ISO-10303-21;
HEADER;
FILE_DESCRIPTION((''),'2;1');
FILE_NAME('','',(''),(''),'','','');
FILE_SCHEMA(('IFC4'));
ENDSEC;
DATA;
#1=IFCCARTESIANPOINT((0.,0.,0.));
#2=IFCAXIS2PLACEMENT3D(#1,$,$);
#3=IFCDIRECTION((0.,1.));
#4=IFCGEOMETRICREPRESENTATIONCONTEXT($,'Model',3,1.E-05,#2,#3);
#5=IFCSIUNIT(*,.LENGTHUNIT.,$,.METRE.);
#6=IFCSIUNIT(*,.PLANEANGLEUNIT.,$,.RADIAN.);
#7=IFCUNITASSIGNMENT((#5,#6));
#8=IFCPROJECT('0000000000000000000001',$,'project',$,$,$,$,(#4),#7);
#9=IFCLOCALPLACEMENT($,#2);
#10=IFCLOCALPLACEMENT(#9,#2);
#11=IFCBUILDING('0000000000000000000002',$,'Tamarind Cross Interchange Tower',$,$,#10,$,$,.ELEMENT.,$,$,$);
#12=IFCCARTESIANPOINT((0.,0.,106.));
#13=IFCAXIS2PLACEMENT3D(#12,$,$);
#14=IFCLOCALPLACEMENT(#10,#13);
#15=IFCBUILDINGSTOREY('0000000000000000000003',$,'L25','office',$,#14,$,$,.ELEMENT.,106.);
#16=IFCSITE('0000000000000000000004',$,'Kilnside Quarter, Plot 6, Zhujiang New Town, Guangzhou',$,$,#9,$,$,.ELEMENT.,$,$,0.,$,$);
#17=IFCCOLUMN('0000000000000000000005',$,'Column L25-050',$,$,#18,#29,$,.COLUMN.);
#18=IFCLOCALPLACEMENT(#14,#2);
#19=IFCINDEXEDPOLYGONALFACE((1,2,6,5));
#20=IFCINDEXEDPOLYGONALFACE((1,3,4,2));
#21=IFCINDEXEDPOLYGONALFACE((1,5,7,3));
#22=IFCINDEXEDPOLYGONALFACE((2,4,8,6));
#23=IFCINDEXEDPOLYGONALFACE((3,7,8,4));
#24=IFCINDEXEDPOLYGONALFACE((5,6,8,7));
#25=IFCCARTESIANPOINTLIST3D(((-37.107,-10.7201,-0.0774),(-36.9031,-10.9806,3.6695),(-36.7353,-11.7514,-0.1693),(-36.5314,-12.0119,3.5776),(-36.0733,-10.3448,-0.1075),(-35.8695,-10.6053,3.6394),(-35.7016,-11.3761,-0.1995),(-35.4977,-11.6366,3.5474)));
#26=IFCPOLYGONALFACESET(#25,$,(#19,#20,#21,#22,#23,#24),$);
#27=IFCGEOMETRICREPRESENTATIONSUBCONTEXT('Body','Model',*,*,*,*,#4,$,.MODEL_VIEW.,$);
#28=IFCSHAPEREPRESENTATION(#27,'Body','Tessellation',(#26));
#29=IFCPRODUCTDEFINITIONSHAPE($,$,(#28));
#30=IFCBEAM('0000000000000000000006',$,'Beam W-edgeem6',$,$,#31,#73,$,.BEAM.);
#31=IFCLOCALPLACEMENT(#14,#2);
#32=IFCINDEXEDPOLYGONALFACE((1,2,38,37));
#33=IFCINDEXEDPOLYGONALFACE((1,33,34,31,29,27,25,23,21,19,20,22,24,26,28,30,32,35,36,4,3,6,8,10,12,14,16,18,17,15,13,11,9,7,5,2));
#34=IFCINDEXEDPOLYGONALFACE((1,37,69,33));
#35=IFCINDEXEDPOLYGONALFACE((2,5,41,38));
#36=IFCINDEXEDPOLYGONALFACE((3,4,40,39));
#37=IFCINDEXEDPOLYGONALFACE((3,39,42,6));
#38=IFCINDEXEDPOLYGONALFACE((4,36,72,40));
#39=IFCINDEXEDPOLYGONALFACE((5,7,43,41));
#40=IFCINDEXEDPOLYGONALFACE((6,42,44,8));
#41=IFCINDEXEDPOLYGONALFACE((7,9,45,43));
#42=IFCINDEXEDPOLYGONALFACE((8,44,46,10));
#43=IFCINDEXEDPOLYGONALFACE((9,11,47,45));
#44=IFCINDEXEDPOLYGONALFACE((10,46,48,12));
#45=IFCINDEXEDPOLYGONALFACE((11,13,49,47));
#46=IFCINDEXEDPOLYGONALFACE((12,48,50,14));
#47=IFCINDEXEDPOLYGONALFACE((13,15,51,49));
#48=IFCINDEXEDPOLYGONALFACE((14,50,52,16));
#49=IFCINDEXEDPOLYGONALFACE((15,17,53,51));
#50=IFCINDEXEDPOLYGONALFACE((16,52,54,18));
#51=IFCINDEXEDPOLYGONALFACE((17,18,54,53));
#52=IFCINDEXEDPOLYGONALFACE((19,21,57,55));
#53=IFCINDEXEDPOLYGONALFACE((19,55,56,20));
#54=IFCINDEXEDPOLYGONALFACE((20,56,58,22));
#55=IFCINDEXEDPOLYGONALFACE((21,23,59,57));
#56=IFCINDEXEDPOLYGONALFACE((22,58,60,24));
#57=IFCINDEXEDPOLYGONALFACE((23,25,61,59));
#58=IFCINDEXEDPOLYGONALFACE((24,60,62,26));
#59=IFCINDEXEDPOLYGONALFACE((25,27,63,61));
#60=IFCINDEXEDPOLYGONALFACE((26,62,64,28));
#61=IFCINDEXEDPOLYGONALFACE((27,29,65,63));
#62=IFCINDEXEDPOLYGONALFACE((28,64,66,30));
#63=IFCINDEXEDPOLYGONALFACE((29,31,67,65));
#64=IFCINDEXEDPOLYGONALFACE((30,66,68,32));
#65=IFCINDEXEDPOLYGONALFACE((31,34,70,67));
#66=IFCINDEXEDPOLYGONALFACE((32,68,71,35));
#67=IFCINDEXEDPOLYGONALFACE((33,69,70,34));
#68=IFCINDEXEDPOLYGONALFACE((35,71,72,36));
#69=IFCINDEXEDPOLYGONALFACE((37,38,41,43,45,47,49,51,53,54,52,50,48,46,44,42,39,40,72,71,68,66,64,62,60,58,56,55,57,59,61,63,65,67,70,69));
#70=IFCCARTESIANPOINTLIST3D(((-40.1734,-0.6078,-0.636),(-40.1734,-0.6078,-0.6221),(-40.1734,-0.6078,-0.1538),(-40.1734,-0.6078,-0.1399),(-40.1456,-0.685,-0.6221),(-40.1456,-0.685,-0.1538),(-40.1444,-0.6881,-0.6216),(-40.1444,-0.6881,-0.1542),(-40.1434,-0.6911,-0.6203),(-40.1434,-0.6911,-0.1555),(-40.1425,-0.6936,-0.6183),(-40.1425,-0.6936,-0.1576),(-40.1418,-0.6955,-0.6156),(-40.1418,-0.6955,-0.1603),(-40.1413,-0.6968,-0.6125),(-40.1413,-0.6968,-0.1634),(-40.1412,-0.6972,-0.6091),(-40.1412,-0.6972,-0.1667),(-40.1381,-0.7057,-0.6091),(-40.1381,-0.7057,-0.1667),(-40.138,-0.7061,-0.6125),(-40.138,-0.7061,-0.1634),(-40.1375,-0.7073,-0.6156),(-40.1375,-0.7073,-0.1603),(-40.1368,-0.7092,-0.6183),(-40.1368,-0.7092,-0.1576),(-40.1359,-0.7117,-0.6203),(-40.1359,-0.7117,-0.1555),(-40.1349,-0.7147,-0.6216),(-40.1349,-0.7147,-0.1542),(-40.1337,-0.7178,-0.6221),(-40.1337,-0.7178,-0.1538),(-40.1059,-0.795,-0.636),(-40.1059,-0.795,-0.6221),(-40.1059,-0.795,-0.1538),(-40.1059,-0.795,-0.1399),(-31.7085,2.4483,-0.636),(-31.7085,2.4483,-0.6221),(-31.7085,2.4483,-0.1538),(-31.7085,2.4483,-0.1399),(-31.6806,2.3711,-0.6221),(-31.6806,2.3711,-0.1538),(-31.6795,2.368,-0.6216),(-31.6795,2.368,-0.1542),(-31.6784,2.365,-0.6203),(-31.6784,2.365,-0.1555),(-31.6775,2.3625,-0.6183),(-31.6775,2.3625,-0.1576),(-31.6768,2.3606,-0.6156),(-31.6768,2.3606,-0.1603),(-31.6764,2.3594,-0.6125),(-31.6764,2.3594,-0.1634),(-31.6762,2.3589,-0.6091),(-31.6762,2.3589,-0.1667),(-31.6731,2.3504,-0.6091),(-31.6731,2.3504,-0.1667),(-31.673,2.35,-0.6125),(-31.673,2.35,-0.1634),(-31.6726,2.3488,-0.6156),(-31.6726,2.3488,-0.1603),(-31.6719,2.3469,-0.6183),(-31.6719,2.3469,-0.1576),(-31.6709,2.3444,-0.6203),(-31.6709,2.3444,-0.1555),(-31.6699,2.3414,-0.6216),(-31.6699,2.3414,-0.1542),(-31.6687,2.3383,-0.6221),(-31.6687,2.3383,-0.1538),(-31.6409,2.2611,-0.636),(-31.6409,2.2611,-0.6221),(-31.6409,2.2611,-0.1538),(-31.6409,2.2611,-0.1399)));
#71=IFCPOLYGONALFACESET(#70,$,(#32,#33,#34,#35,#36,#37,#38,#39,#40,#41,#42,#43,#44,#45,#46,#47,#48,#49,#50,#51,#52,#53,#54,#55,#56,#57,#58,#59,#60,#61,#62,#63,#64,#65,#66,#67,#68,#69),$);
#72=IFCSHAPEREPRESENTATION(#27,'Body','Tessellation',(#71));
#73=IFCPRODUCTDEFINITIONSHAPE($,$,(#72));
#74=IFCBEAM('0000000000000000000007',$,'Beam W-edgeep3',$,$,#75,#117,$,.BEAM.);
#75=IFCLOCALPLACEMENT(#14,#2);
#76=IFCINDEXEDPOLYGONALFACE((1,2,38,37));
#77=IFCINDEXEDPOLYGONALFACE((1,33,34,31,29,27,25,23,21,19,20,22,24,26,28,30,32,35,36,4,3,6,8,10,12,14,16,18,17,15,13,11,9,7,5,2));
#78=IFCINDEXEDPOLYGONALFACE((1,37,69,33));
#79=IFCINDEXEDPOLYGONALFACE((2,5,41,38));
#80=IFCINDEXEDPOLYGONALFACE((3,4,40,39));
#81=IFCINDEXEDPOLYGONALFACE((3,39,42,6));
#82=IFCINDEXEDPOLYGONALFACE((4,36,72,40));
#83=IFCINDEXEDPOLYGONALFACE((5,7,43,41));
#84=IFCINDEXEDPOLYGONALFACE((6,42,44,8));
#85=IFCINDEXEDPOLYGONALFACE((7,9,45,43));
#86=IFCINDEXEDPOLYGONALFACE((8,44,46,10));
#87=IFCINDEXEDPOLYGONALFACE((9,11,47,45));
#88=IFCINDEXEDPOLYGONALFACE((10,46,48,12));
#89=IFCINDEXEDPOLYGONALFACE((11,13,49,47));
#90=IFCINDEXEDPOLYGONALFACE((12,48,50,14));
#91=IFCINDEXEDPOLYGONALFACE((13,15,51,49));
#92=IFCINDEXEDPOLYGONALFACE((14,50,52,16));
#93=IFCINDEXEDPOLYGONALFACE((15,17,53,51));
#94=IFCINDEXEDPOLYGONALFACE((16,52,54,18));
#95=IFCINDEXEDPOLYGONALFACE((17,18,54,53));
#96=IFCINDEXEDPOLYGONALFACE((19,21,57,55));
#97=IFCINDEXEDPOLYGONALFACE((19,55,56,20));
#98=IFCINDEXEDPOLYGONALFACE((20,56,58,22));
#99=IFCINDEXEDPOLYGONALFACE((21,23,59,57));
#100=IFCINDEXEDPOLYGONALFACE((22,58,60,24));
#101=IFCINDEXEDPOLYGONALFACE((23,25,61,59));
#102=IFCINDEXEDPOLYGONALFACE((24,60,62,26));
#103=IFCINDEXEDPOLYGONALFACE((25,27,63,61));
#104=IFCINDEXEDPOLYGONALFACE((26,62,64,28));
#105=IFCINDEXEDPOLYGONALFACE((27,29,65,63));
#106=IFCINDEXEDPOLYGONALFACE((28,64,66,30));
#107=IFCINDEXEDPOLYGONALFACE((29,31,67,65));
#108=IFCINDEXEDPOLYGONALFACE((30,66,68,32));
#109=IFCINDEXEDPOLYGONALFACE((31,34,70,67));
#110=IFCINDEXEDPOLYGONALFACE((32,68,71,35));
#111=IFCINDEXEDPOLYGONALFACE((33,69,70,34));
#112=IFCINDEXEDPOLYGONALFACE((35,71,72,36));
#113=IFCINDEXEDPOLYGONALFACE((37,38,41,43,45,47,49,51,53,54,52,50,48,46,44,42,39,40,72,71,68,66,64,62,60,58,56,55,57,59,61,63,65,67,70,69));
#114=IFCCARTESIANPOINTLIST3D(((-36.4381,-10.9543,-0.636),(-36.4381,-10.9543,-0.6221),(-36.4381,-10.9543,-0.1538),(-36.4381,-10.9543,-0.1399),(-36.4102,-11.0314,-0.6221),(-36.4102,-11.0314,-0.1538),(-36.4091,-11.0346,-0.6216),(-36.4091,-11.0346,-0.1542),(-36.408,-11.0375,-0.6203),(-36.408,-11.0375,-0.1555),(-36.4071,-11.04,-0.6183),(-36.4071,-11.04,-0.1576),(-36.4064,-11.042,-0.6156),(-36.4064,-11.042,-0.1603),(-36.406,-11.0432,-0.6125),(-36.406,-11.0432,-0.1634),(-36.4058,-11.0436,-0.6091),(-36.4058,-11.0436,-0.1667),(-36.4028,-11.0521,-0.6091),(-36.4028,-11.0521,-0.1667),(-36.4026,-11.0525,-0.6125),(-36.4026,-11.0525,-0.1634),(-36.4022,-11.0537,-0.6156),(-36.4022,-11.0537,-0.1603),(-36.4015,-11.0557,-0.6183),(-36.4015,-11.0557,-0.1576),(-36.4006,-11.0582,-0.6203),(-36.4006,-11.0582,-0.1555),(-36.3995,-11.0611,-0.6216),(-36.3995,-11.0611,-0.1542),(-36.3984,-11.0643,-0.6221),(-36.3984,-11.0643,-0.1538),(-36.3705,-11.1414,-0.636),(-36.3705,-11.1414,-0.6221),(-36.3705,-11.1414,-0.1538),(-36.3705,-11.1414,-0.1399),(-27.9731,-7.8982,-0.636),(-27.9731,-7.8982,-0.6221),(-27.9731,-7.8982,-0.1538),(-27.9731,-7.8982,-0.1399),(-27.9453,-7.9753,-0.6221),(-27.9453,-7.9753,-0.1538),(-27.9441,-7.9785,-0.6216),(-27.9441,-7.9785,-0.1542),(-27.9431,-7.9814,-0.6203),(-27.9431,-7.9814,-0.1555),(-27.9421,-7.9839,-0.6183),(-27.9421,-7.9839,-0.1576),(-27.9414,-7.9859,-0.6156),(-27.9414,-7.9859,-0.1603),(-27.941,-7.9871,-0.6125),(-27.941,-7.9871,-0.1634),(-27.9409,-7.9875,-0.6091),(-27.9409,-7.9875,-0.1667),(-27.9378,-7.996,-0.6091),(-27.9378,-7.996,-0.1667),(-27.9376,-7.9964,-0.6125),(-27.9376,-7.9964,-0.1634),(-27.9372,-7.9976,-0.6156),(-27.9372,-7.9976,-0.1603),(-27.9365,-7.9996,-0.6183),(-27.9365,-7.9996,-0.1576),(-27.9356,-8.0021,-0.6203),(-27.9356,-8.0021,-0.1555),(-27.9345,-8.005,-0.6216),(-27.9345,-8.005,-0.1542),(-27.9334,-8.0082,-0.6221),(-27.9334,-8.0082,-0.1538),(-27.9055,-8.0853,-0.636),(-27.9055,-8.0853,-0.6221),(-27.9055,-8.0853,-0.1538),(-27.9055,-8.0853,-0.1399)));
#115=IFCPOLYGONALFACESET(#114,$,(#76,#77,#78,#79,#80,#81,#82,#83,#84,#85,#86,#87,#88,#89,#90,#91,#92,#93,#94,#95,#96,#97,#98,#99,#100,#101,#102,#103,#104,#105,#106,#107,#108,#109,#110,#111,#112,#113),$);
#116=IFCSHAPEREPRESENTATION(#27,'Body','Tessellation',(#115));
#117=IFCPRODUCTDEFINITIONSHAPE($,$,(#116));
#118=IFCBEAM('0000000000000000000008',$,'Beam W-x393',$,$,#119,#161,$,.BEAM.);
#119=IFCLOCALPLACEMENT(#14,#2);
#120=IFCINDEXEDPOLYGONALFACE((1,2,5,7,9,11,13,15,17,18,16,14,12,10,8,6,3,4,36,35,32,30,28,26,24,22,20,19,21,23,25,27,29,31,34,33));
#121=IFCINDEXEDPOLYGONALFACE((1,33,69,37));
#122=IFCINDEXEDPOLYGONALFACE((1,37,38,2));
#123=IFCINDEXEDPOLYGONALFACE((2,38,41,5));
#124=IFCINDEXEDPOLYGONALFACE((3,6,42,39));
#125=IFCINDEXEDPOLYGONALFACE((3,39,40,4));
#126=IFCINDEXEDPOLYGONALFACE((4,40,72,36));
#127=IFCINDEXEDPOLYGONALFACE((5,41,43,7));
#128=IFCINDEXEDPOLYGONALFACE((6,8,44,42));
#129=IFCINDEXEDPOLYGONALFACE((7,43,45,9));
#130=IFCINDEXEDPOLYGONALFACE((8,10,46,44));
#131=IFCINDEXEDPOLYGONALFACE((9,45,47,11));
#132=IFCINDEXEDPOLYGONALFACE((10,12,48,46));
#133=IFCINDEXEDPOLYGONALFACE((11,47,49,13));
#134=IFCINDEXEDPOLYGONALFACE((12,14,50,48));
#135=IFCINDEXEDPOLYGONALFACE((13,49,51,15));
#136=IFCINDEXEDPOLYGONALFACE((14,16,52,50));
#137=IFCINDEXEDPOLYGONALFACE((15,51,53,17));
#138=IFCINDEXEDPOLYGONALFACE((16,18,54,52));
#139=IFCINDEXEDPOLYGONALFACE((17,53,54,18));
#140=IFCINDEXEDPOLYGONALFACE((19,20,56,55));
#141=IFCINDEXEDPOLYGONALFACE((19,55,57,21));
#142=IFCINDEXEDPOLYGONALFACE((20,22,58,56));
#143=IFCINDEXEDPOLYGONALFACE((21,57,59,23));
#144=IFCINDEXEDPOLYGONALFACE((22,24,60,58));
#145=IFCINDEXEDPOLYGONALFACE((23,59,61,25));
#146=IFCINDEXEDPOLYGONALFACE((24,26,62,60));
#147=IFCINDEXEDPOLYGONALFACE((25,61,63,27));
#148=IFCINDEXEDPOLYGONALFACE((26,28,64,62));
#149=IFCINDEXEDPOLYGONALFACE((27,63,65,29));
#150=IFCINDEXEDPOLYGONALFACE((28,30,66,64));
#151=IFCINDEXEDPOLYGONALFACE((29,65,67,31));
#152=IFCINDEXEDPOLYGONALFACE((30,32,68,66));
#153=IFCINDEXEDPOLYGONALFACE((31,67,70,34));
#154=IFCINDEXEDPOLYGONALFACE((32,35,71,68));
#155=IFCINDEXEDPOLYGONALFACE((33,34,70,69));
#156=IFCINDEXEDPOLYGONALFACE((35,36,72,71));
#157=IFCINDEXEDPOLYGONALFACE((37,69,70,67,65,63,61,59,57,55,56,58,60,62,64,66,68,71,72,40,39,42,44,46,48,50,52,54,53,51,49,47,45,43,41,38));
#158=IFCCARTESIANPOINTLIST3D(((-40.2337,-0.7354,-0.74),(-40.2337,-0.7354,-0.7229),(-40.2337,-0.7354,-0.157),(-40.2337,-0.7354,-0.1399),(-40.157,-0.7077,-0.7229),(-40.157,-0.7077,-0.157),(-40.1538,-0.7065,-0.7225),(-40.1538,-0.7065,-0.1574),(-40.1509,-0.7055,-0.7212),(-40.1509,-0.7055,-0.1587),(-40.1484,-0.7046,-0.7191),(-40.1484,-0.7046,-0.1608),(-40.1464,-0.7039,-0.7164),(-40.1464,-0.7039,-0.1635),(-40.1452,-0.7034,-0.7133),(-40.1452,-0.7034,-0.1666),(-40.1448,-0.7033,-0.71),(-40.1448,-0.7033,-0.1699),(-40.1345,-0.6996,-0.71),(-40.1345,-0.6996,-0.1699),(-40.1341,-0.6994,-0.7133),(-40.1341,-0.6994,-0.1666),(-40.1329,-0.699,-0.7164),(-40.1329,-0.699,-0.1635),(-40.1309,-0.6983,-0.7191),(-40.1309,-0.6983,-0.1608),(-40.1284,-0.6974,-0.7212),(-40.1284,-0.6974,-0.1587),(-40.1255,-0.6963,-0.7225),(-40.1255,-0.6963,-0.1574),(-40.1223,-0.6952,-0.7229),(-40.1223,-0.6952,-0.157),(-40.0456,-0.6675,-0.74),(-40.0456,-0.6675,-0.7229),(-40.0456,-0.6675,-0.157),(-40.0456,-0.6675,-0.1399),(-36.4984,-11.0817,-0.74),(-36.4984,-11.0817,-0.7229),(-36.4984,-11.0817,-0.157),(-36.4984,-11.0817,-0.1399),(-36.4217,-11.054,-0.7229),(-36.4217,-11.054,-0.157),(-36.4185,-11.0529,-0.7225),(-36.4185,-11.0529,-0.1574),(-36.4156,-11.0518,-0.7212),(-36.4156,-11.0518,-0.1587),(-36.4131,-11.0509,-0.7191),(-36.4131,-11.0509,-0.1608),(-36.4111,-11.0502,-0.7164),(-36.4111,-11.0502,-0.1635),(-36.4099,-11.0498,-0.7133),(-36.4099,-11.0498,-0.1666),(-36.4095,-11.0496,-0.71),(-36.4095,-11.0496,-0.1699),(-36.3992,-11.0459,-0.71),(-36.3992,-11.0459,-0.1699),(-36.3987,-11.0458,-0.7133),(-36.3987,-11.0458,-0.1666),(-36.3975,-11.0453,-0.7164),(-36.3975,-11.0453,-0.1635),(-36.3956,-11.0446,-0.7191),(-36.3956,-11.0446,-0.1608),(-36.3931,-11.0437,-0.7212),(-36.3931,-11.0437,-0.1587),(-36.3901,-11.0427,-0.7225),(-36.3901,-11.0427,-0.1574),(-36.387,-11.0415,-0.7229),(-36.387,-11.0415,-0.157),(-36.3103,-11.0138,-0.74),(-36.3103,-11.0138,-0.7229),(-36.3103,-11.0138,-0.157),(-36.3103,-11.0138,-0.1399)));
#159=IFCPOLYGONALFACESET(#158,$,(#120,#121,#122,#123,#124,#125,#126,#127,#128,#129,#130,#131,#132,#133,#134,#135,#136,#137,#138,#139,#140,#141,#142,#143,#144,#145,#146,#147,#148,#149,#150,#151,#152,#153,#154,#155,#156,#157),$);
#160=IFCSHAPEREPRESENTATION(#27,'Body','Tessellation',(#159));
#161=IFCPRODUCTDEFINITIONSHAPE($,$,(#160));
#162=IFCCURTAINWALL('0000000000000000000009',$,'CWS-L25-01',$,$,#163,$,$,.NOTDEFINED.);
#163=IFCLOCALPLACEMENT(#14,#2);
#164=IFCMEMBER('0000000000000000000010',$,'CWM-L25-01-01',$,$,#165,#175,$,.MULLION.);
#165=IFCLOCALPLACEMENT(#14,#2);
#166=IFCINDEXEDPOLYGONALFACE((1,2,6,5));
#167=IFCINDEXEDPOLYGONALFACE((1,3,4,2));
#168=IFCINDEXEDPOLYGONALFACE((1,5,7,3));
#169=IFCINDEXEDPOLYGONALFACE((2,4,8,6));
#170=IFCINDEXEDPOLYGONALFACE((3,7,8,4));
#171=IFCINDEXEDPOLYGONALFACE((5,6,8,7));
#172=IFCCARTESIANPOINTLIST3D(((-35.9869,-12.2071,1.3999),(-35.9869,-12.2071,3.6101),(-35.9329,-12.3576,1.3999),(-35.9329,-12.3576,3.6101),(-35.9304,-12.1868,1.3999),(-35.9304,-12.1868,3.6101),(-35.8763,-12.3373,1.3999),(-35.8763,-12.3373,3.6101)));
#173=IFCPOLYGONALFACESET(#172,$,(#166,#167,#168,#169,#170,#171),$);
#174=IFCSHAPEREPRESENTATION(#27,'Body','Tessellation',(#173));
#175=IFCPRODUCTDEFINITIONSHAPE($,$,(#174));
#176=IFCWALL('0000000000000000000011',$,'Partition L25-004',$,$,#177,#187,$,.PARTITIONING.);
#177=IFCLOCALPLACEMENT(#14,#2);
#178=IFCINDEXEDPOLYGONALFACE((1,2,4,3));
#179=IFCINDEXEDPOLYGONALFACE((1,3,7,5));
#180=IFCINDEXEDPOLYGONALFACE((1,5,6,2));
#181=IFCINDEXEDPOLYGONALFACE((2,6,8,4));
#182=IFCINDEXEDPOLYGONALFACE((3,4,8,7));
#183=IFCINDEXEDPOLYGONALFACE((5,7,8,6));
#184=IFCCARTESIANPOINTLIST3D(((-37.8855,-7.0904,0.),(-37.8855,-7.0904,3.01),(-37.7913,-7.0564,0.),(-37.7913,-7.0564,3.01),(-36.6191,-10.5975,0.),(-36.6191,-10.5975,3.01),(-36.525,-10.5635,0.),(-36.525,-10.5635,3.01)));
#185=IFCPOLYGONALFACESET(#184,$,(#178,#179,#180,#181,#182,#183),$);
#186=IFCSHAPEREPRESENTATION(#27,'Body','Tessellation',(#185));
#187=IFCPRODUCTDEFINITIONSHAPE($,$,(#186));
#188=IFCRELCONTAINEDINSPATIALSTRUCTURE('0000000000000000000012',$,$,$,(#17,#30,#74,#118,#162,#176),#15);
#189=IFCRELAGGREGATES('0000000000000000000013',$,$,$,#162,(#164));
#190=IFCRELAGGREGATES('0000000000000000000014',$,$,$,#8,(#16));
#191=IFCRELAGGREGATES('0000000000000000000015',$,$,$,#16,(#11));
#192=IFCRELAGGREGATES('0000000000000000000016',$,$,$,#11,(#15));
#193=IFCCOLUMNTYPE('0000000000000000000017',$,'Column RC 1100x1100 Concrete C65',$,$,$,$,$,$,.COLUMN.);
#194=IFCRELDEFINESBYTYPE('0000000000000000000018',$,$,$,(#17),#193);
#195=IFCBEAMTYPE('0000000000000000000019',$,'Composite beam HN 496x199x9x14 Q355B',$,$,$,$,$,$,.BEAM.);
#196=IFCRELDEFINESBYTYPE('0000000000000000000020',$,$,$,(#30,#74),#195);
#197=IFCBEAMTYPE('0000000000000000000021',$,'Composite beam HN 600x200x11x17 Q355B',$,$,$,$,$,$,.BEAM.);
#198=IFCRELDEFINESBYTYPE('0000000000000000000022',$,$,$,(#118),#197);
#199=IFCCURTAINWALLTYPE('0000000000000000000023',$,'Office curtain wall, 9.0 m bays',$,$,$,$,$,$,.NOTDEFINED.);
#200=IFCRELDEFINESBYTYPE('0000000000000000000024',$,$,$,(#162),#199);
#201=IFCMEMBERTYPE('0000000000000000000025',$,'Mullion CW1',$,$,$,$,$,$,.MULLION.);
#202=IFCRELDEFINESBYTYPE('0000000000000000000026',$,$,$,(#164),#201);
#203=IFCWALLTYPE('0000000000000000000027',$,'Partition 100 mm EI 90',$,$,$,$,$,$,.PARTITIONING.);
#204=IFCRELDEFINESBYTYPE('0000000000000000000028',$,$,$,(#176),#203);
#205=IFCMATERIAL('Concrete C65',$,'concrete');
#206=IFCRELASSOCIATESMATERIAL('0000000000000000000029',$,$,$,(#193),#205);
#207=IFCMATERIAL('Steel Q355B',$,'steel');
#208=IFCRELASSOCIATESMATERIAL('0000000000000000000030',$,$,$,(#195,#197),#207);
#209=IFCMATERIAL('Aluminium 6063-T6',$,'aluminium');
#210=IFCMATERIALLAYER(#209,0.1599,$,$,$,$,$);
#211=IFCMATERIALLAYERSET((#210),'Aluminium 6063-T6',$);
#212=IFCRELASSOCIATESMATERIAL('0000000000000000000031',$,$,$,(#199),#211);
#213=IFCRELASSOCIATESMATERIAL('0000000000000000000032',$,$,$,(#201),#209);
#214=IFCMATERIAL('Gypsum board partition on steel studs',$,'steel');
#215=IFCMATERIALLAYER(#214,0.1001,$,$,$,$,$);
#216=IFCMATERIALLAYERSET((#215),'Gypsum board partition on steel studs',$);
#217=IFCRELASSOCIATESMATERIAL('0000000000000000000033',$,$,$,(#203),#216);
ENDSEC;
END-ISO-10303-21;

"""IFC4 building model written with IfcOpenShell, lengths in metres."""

from ifc_helpers import new_model, si_unit, direction, frame, frame_2d, origin, origin_2d, place, context, subcontext, project, spatial, rectangle, i_section, extrude, material, layer, layer_set, material_profile, profile_set, type_object, element, aggregate, save


model = new_model("IFC4")

# Units and contexts
model_context = context("Model", 3, precision=1e-05, world=origin(), true_north=direction((0.0, 1.0)))
body_context = subcontext(model_context, "Body", "Model", "MODEL_VIEW")
ifc_project = project(units=[si_unit("LENGTHUNIT", "METRE"), si_unit("PLANEANGLEUNIT", "RADIAN")], contexts=[model_context])

# Site, building, storey
site_placement = place(None, origin())
site = spatial("IfcSite", under=ifc_project, at=site_placement, Name="Kilnside Quarter, Plot 6, Zhujiang New Town, Guangzhou", CompositionType="ELEMENT", RefElevation=0.0)
building_placement = place(site_placement, origin())
building = spatial("IfcBuilding", under=site, at=building_placement, Name="Tamarind Cross Interchange Tower", CompositionType="ELEMENT")
storey_placement = place(building_placement, frame((0.0, 0.0, 106.0)))
storey = spatial("IfcBuildingStorey", under=building, at=storey_placement, Name="L25", Description="office", CompositionType="ELEMENT", Elevation=106.0)

# Column
ifc_material_1 = material(Name="Concrete C65", Category="concrete")
ifc_material_profile_1 = material_profile(ifc_material_1, rectangle(XDim=1.1001, YDim=1.1001, at=origin_2d()), Name="RC 1100x1100")
ifc_profile_set_1 = profile_set([ifc_material_profile_1], Name="Concrete C65")
column_type = type_object("IfcColumnType", Name="Column RC 1100x1100 Concrete C65", PredefinedType="COLUMN", material=ifc_profile_set_1)
column_placement = place(storey_placement, frame((-36.4043, -11.0481, -0.1384), z_axis=(0.054197, -0.069256, 0.996126), x_axis=(-0.337893, 0.937468, 0.083562)))
element("IfcColumn", 1, at=column_placement, inside=storey, type_object=column_type, Name="Column L25-050", PredefinedType="COLUMN", context=body_context, shape_type="SweptSolid", body=[
    extrude(rectangle(XDim=1.1001, YDim=1.1001, at=origin_2d()), origin(), (0.0, 0.0, 1.0), 3.7615),
])

# Beams
ifc_material_2 = material(Name="Steel Q355B", Category="steel")
ifc_material_profile_2 = material_profile(ifc_material_2, i_section(OverallWidth=0.199, OverallDepth=0.4961, WebThickness=0.009, FlangeThickness=0.0139, FilletRadius=0.0129, at=origin_2d()), Name="HN 496x199x9x14")
ifc_profile_set_2 = profile_set([ifc_material_profile_2], Name="Steel Q355B")
beam_type_1 = type_object("IfcBeamType", Name="Composite beam HN 496x199x9x14 Q355B", PredefinedType="BEAM", material=ifc_profile_set_2)
for number, where, z_axis, x_axis, name in (
    (2, (-40.1396, -0.7014, -0.3879), (0.940578, 0.339577, 0.0), (-0.339577, 0.940578, 0.0), "Beam W-edgeem6"),
    (3, (-36.4043, -11.0479, -0.3879), (0.940578, 0.339577, 0.0), (-0.339577, 0.940578, 0.0), "Beam W-edgeep3"),
):
    element("IfcBeam", number, at=place(storey_placement, frame(where, z_axis=z_axis, x_axis=x_axis)), inside=storey, type_object=beam_type_1, Name=name, PredefinedType="BEAM", context=body_context, shape_type="SweptSolid", body=[
        extrude(i_section(OverallWidth=0.199, OverallDepth=0.4961, WebThickness=0.009, FlangeThickness=0.0139, FilletRadius=0.0129, at=origin_2d()), origin(), (0.0, 0.0, 1.0), 8.9998),
    ])
ifc_material_profile_3 = material_profile(ifc_material_2, i_section(OverallWidth=0.2, OverallDepth=0.6001, WebThickness=0.011, FlangeThickness=0.0171, FilletRadius=0.0129, at=origin_2d()), Name="HN 600x200x11x17")
ifc_profile_set_3 = profile_set([ifc_material_profile_3], Name="Steel Q355B")
beam_type_2 = type_object("IfcBeamType", Name="Composite beam HN 600x200x11x17 Q355B", PredefinedType="BEAM", material=ifc_profile_set_3)
beam_placement = place(storey_placement, frame((-40.1396, -0.7014, -0.4399), z_axis=(0.339575, -0.940579, 0.0), x_axis=(0.940579, 0.339575, 0.0)))
element("IfcBeam", 4, at=beam_placement, inside=storey, type_object=beam_type_2, Name="Beam W-x393", PredefinedType="BEAM", context=body_context, shape_type="SweptSolid", body=[
    extrude(i_section(OverallWidth=0.2, OverallDepth=0.6001, WebThickness=0.011, FlangeThickness=0.0171, FilletRadius=0.0129, at=origin_2d()), origin(), (0.0, 0.0, 1.0), 11.0),
])

# Curtain wall, member
ifc_material_3 = material(Name="Aluminium 6063-T6", Category="aluminium")
ifc_layer_1 = layer(ifc_material_3, 0.1599)
ifc_layer_set_1 = layer_set([ifc_layer_1], Name="Aluminium 6063-T6")
curtain_wall_type = type_object("IfcCurtainWallType", Name="Office curtain wall, 9.0 m bays", PredefinedType="NOTDEFINED", material=ifc_layer_set_1)
curtain_wall_placement = place(storey_placement, origin())
curtain_wall = element("IfcCurtainWall", 5, at=curtain_wall_placement, inside=storey, type_object=curtain_wall_type, Name="CWS-L25-01", PredefinedType="NOTDEFINED")
ifc_material_profile_4 = material_profile(ifc_material_3, rectangle(XDim=0.0601, YDim=0.1599, at=origin_2d()), Name="Mullion CW1")
ifc_profile_set_4 = profile_set([ifc_material_profile_4], Name="Aluminium 6063-T6")
member_type = type_object("IfcMemberType", Name="Mullion CW1", PredefinedType="MULLION", material=ifc_profile_set_4)
member_placement = place(storey_placement, frame((-35.9316, -12.2722, 1.3999), z_axis=(0.0, 0.0, 1.0), x_axis=(0.9411, 0.338129, 0.0)))
member = element("IfcMember", 6, at=member_placement, type_object=member_type, Name="CWM-L25-01-01", PredefinedType="MULLION", context=body_context, shape_type="SweptSolid", body=[
    extrude(rectangle(XDim=0.0601, YDim=0.1599, at=origin_2d()), origin(), (0.0, 0.0, 1.0), 2.2102),
])
aggregate(curtain_wall, [member])

# Wall
ifc_material_4 = material(Name="Gypsum board partition on steel studs", Category="steel")
ifc_layer_2 = layer(ifc_material_4, 0.1001)
ifc_layer_set_2 = layer_set([ifc_layer_2], Name="Gypsum board partition on steel studs")
wall_type_1 = type_object("IfcWallType", Name="Partition 100 mm EI 90", PredefinedType="PARTITIONING", material=ifc_layer_set_2)
wall_1_placement = place(storey_placement, frame((-37.8384, -7.0735, 0.0), z_axis=(0.0, 0.0, 1.0), x_axis=(0.339624, -0.940561, 0.0)))
element("IfcWall", 7, at=wall_1_placement, inside=storey, type_object=wall_type_1, Name="Partition L25-004", PredefinedType="PARTITIONING", context=body_context, shape_type="SweptSolid", body=[
    extrude(rectangle(XDim=3.7288, YDim=0.1001, at=frame_2d((1.8643, 0.0))), origin(), (0.0, 0.0, 1.0), 3.01),
])

save(model, "model.ifc")
